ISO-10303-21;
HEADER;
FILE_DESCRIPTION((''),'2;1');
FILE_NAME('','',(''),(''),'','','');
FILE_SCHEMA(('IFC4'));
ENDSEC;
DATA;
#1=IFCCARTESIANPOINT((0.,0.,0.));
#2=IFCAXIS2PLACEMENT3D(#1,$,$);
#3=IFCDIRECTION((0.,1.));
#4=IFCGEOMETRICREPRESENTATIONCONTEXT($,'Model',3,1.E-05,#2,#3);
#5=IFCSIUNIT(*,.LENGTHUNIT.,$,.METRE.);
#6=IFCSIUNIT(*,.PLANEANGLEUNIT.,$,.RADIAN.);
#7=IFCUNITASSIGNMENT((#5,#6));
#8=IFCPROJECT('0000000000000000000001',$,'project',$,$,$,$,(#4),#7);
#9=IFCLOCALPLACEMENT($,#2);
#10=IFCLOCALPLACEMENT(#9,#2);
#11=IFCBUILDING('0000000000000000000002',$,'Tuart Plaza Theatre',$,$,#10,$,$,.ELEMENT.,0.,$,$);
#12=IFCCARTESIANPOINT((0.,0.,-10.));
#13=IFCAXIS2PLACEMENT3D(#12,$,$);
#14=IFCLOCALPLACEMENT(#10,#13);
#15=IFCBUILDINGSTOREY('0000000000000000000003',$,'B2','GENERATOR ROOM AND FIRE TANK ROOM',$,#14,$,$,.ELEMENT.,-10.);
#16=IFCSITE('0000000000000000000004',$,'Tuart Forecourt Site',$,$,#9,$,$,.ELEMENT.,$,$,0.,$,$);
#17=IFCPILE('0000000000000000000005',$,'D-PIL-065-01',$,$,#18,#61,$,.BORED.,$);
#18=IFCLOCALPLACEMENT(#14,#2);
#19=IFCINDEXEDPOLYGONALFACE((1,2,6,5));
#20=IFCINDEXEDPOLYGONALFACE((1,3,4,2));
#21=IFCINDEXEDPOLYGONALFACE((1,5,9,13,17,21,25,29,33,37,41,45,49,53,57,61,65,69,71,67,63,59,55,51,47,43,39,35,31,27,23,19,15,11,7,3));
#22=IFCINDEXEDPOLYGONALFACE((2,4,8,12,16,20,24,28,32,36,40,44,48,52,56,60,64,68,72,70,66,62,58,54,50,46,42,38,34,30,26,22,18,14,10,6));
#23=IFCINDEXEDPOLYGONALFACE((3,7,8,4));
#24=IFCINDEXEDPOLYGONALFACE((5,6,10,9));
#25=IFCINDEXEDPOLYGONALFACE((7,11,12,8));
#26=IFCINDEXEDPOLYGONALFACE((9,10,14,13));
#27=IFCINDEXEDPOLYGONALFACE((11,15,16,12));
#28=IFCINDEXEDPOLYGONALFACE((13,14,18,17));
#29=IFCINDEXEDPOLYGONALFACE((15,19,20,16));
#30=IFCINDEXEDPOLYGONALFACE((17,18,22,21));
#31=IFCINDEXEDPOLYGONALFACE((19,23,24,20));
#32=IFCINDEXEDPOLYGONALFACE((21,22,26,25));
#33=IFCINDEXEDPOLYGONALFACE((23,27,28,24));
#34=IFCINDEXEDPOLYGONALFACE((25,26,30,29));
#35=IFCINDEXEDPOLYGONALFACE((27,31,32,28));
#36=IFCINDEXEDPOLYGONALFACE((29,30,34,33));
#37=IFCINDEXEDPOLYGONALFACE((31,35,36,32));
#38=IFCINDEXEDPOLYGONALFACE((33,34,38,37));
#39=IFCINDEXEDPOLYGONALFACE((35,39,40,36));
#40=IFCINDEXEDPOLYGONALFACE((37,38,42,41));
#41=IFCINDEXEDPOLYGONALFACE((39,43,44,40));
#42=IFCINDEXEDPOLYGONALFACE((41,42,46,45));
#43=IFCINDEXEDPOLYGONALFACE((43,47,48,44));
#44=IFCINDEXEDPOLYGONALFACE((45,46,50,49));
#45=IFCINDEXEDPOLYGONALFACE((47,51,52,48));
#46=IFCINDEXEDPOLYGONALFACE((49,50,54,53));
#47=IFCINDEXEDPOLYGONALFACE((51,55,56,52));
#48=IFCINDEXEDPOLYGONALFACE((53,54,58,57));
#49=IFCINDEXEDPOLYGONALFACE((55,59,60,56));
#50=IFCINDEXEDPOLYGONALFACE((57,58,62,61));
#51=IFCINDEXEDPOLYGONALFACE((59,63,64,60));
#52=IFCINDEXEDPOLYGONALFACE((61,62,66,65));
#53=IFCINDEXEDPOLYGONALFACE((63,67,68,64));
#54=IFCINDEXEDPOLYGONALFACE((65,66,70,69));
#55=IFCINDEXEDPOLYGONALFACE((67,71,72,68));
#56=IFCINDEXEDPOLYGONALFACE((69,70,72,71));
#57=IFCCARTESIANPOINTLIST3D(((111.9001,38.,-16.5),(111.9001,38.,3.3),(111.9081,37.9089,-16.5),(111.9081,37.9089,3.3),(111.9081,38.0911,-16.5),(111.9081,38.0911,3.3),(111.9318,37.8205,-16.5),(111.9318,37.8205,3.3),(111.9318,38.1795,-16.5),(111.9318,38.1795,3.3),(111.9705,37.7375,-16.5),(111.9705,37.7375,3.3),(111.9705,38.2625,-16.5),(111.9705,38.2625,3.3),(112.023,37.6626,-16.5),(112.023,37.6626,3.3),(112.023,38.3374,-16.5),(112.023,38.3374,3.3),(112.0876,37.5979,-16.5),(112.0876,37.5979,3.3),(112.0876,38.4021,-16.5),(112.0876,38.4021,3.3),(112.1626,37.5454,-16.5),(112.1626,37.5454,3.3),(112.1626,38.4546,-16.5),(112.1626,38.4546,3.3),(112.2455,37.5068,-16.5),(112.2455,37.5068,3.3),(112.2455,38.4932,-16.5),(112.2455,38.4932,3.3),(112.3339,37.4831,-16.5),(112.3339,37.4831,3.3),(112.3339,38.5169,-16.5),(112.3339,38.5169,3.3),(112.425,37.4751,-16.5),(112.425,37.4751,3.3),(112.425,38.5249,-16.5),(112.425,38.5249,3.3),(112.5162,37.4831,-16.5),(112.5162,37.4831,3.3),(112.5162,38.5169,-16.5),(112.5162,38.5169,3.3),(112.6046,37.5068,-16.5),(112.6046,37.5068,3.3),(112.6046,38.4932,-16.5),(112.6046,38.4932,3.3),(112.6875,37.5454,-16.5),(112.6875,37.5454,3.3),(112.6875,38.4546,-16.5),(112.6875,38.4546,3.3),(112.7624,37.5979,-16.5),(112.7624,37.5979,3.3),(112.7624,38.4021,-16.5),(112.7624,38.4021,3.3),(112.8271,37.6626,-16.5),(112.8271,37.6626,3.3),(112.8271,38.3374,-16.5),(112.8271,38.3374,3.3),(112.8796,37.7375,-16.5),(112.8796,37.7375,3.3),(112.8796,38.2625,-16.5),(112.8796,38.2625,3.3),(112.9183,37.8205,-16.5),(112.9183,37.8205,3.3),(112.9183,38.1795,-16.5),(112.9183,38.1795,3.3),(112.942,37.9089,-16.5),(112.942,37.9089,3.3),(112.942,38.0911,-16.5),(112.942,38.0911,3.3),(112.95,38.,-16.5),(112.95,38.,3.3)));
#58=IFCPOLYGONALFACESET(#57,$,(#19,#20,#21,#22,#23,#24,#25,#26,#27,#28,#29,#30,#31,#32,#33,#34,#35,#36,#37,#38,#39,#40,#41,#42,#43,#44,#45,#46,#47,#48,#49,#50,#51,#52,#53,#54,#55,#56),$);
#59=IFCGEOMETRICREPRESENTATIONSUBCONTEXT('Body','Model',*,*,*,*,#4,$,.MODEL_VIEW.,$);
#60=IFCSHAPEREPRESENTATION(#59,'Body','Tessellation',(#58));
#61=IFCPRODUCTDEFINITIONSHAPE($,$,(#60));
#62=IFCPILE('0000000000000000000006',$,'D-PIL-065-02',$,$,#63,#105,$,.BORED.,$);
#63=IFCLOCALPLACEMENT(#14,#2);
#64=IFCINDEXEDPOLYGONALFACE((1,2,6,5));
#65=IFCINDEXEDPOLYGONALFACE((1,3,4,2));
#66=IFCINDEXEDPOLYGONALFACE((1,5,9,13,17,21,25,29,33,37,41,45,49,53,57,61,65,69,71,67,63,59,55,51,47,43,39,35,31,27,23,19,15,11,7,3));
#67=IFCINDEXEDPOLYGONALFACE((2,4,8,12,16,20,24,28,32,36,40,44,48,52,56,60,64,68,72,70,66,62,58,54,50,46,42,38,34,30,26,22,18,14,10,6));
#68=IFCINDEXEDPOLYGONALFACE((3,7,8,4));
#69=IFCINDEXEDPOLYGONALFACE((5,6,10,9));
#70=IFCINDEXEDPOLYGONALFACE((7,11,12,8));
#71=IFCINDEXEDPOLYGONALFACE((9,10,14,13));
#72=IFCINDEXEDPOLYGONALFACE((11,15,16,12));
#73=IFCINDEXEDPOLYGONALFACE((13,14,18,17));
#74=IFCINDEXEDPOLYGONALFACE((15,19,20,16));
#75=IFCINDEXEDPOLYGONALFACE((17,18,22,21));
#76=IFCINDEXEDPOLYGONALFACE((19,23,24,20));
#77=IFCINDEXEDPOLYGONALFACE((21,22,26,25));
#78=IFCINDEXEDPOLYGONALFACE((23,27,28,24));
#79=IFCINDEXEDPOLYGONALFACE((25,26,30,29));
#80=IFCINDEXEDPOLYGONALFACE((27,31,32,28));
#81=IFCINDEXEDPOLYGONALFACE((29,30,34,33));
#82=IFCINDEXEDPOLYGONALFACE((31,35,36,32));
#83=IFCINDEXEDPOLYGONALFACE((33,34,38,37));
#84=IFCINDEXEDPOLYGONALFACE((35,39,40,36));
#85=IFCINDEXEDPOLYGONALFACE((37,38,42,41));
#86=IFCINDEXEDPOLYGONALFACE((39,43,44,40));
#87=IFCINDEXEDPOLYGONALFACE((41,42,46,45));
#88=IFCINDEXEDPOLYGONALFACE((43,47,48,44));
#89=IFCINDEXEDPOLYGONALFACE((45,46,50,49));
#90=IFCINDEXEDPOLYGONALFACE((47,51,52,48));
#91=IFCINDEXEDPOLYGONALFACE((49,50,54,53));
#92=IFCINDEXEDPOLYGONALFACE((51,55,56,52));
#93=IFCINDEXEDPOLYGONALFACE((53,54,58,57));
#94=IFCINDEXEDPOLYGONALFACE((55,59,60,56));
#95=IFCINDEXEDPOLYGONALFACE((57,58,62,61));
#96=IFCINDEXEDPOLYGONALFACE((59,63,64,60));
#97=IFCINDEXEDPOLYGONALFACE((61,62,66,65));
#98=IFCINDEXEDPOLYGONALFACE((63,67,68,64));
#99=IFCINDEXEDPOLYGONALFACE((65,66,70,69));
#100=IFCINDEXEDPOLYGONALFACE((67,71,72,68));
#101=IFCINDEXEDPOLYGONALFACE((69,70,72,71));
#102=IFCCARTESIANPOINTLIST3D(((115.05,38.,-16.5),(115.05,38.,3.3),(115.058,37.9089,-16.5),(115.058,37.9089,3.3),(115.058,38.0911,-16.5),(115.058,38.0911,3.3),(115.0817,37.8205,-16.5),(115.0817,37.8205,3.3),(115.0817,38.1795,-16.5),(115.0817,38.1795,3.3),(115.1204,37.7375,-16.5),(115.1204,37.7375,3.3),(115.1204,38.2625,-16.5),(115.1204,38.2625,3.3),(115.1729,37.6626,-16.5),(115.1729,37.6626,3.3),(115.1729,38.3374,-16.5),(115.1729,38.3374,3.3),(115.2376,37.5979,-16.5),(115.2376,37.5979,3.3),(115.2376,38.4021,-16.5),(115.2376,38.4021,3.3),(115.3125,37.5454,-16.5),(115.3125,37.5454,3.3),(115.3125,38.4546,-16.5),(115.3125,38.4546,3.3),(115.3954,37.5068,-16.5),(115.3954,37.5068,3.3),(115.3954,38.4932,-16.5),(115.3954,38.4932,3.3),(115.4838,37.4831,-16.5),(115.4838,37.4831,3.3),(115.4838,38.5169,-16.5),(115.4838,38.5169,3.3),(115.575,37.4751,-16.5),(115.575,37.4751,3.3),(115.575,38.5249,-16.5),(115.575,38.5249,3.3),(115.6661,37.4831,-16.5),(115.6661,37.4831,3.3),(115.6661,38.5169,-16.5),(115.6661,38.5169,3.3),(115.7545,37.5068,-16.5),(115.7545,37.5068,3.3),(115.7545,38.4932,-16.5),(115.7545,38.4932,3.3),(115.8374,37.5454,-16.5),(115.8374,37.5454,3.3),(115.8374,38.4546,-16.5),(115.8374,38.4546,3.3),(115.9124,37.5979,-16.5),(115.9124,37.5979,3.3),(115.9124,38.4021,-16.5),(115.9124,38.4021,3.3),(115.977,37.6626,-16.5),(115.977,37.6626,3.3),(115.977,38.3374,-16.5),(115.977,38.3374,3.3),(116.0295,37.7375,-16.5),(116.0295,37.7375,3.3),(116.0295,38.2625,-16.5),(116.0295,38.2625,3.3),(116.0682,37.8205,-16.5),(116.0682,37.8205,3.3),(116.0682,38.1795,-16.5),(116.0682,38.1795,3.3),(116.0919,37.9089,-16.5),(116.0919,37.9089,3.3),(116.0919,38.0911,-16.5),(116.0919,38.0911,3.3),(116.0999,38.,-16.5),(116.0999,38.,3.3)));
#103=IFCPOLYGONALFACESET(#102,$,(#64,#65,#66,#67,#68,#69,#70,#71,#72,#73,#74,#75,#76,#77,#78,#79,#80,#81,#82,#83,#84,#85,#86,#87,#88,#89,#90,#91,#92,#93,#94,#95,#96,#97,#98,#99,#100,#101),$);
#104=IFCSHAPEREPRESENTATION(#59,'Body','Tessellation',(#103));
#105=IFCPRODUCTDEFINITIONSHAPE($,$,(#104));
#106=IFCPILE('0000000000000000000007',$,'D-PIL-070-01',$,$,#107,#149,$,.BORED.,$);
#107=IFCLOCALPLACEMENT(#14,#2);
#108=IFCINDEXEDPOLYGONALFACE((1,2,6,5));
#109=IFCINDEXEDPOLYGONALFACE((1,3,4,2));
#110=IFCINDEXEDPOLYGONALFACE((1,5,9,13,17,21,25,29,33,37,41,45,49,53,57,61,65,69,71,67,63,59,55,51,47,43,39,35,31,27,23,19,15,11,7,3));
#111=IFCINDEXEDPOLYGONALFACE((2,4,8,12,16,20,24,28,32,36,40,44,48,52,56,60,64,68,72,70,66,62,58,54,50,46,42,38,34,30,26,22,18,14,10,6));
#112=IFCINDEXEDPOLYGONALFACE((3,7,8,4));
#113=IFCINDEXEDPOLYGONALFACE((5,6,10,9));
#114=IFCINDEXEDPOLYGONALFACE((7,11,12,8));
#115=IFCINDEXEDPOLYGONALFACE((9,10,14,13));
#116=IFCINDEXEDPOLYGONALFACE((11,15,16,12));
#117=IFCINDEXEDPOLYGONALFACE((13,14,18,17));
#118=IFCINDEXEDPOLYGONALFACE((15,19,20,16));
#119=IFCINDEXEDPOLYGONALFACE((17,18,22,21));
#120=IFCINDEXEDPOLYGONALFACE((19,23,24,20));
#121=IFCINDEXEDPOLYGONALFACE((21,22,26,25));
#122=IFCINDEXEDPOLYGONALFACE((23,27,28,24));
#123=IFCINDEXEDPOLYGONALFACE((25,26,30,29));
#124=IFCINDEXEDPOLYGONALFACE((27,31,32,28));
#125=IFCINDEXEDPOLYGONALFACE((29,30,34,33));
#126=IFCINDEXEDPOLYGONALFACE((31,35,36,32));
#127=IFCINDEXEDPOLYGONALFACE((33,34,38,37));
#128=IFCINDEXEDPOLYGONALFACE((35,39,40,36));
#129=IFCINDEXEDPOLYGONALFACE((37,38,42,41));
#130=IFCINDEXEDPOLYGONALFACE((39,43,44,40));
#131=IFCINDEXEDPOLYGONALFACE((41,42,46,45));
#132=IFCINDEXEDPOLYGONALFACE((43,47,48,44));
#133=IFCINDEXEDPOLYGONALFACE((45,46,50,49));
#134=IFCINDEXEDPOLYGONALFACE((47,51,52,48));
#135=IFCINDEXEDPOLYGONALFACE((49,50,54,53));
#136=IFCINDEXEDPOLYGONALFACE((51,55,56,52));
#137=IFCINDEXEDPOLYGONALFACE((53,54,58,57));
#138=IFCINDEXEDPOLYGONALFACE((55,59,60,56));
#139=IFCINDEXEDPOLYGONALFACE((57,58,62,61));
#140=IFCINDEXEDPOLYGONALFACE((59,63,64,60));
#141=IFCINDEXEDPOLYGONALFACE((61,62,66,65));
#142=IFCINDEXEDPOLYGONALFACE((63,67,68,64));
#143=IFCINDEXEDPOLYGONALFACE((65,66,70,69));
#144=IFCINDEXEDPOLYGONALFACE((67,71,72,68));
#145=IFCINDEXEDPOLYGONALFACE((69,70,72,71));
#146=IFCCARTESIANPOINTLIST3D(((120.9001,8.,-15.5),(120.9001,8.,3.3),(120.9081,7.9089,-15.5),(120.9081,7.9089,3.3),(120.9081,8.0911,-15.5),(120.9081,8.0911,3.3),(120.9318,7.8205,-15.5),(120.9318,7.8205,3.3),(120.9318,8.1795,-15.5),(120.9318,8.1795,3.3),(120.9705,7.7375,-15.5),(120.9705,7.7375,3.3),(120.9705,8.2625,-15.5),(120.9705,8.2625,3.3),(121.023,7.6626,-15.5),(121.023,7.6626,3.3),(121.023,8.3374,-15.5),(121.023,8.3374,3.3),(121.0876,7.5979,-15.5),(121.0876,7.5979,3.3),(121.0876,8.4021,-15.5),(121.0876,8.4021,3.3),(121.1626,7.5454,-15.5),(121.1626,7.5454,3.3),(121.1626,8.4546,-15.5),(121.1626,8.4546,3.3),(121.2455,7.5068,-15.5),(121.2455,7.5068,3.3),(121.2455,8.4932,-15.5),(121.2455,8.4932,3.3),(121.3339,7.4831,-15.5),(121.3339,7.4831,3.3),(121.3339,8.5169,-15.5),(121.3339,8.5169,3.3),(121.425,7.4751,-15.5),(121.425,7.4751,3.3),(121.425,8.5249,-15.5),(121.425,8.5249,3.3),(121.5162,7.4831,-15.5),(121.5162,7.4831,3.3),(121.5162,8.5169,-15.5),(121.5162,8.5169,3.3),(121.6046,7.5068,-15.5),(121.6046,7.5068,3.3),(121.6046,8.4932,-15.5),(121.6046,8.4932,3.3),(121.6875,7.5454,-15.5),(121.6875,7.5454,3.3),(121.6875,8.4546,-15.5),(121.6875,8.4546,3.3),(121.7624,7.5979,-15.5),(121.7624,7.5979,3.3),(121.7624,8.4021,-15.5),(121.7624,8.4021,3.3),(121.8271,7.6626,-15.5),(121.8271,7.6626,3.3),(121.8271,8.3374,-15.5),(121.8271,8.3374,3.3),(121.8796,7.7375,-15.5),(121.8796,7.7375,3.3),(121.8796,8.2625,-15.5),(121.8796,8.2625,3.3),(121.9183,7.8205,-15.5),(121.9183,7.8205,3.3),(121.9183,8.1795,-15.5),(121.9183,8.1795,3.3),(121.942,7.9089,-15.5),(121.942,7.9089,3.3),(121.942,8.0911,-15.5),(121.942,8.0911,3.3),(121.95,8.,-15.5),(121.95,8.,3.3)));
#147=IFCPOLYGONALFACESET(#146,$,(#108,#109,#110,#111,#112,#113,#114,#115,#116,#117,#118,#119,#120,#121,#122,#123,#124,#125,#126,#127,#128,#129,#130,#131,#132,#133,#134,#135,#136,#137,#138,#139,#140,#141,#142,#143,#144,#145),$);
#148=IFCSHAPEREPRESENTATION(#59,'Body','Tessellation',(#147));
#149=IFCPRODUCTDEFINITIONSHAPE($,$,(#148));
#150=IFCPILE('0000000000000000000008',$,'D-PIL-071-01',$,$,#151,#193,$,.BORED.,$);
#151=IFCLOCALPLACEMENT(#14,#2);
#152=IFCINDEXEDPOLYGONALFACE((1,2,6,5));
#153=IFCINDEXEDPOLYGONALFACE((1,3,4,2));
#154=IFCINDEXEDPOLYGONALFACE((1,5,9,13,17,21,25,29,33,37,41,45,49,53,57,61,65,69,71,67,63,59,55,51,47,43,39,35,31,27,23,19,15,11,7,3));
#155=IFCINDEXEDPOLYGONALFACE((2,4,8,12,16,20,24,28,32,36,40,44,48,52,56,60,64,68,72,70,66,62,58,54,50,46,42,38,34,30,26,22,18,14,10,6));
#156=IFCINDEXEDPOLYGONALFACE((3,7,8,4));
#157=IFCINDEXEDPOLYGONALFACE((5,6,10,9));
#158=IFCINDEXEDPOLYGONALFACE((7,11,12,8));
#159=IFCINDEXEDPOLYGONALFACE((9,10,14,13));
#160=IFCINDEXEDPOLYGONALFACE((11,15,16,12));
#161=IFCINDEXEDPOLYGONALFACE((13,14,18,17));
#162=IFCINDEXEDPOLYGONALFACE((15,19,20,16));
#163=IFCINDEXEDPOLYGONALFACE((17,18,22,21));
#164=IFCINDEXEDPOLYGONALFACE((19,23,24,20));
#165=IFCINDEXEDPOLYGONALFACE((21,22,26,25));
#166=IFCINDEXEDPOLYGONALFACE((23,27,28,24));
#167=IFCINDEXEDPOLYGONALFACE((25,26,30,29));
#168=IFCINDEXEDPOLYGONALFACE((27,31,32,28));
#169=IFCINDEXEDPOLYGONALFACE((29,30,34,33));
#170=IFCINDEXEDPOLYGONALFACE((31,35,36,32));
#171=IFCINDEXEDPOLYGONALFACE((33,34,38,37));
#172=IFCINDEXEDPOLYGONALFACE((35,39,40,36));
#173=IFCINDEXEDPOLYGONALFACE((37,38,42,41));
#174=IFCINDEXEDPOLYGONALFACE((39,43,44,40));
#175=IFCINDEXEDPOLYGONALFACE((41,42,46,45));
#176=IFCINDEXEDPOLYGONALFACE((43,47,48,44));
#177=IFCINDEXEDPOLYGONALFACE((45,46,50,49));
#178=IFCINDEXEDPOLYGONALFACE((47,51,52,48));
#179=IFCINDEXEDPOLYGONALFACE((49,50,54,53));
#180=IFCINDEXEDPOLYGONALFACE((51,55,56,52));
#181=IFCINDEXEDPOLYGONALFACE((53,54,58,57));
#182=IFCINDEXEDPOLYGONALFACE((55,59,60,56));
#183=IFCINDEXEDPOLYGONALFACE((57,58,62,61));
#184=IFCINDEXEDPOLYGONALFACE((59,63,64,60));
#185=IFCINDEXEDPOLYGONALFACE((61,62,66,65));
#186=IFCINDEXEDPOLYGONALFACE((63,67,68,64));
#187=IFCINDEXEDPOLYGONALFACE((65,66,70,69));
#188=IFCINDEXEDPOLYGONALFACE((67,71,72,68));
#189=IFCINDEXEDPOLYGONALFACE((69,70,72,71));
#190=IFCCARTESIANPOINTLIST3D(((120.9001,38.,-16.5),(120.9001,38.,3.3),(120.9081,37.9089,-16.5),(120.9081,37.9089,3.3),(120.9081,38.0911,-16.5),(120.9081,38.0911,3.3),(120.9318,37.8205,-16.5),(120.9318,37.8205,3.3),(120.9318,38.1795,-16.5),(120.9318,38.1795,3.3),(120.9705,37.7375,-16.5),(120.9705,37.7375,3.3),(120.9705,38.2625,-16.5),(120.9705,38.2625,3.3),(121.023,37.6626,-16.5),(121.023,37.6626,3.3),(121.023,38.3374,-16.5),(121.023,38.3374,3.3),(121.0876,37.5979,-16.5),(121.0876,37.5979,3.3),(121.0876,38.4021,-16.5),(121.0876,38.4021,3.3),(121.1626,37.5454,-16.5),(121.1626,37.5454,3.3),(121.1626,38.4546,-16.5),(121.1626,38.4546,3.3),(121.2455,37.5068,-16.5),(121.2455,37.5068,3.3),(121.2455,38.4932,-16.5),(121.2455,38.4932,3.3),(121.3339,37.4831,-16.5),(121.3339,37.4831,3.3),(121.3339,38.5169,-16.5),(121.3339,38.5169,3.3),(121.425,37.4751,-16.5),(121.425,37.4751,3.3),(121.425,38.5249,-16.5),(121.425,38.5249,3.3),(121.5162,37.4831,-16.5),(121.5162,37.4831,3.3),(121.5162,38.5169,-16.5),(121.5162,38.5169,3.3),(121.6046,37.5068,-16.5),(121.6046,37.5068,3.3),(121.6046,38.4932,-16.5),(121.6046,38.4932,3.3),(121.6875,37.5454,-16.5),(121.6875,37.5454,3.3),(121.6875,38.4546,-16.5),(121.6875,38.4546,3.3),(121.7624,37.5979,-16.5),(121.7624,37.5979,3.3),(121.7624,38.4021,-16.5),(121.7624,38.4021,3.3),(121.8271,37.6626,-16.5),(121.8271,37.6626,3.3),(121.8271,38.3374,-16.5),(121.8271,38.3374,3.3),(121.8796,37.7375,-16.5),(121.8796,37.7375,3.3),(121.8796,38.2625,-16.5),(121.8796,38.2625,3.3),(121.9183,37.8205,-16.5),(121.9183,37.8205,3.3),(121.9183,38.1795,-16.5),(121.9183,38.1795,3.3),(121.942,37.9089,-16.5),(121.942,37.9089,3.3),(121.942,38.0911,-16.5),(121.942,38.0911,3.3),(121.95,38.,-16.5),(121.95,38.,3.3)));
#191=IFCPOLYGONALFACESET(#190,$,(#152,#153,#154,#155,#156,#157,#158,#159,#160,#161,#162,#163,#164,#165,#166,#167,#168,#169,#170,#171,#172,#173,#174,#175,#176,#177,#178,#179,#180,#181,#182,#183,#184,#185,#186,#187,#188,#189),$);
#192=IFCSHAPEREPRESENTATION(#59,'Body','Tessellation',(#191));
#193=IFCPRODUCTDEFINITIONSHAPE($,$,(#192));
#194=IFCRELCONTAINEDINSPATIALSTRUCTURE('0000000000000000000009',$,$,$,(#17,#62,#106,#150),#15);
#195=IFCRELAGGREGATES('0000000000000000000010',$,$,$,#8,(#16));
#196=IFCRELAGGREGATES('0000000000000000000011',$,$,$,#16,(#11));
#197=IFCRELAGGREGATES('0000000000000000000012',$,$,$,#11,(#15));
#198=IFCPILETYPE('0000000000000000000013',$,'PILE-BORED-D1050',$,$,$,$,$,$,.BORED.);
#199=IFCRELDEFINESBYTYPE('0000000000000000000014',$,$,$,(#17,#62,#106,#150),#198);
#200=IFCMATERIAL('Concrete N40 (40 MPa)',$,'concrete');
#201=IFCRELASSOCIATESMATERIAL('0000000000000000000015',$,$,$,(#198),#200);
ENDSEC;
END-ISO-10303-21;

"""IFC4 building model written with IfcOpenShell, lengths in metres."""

from ifc_helpers import new_model, si_unit, direction, frame, origin, origin_2d, place, context, subcontext, project, spatial, circle, extrude, material, material_profile, profile_set, type_object, element, save


model = new_model("IFC4")

# Units and contexts
model_context = context("Model", 3, precision=1e-05, world=origin(), true_north=direction((0.0, 1.0)))
body_context = subcontext(model_context, "Body", "Model", "MODEL_VIEW")
ifc_project = project(units=[si_unit("LENGTHUNIT", "METRE"), si_unit("PLANEANGLEUNIT", "RADIAN")], contexts=[model_context])

# Site, building, storey
site_placement = place(None, origin())
site = spatial("IfcSite", under=ifc_project, at=site_placement, Name="Tuart Forecourt Site", CompositionType="ELEMENT", RefElevation=0.0)
building_placement = place(site_placement, origin())
building = spatial("IfcBuilding", under=site, at=building_placement, Name="Tuart Plaza Theatre", CompositionType="ELEMENT", ElevationOfRefHeight=0.0)
storey_placement = place(building_placement, frame((0.0, 0.0, -10.0)))
storey = spatial("IfcBuildingStorey", under=building, at=storey_placement, Name="B2", Description="GENERATOR ROOM AND FIRE TANK ROOM", CompositionType="ELEMENT", Elevation=-10.0)

# Piles
ifc_material_1 = material(Name="Concrete N40 (40 MPa)", Category="concrete")
ifc_material_profile_1 = material_profile(ifc_material_1, circle(Radius=0.5249, at=origin_2d()), Name="PILE-BORED-D1050")
ifc_profile_set_1 = profile_set([ifc_material_profile_1], Name="Concrete N40 (40 MPa)")
pile_type_1 = type_object("IfcPileType", Name="PILE-BORED-D1050", PredefinedType="BORED", material=ifc_profile_set_1)
for number, where, z_axis, x_axis, name in (
    (1, (112.425, 38.0, 3.3), (0.0, 0.0, -1.0), (1.0, 0.0, 0.0), "D-PIL-065-01"),
    (2, (115.575, 38.0, 3.3), (0.0, 0.0, -1.0), (1.0, 0.0, 0.0), "D-PIL-065-02"),
):
    element("IfcPile", number, at=place(storey_placement, frame(where, z_axis=z_axis, x_axis=x_axis)), inside=storey, type_object=pile_type_1, Name=name, PredefinedType="BORED", context=body_context, shape_type="SweptSolid", body=[
        extrude(circle(Radius=0.5249, at=origin_2d()), origin(), (0.0, 0.0, 1.0), 19.8),
    ])
pile_1_placement = place(storey_placement, frame((121.425, 8.0, 3.3), z_axis=(0.0, 0.0, -1.0), x_axis=(1.0, 0.0, 0.0)))
element("IfcPile", 3, at=pile_1_placement, inside=storey, type_object=pile_type_1, Name="D-PIL-070-01", PredefinedType="BORED", context=body_context, shape_type="SweptSolid", body=[
    extrude(circle(Radius=0.5249, at=origin_2d()), origin(), (0.0, 0.0, 1.0), 18.8),
])
pile_2_placement = place(storey_placement, frame((121.425, 38.0, 3.3), z_axis=(0.0, 0.0, -1.0), x_axis=(1.0, 0.0, 0.0)))
element("IfcPile", 4, at=pile_2_placement, inside=storey, type_object=pile_type_1, Name="D-PIL-071-01", PredefinedType="BORED", context=body_context, shape_type="SweptSolid", body=[
    extrude(circle(Radius=0.5249, at=origin_2d()), origin(), (0.0, 0.0, 1.0), 19.8),
])

save(model, "model.ifc")
